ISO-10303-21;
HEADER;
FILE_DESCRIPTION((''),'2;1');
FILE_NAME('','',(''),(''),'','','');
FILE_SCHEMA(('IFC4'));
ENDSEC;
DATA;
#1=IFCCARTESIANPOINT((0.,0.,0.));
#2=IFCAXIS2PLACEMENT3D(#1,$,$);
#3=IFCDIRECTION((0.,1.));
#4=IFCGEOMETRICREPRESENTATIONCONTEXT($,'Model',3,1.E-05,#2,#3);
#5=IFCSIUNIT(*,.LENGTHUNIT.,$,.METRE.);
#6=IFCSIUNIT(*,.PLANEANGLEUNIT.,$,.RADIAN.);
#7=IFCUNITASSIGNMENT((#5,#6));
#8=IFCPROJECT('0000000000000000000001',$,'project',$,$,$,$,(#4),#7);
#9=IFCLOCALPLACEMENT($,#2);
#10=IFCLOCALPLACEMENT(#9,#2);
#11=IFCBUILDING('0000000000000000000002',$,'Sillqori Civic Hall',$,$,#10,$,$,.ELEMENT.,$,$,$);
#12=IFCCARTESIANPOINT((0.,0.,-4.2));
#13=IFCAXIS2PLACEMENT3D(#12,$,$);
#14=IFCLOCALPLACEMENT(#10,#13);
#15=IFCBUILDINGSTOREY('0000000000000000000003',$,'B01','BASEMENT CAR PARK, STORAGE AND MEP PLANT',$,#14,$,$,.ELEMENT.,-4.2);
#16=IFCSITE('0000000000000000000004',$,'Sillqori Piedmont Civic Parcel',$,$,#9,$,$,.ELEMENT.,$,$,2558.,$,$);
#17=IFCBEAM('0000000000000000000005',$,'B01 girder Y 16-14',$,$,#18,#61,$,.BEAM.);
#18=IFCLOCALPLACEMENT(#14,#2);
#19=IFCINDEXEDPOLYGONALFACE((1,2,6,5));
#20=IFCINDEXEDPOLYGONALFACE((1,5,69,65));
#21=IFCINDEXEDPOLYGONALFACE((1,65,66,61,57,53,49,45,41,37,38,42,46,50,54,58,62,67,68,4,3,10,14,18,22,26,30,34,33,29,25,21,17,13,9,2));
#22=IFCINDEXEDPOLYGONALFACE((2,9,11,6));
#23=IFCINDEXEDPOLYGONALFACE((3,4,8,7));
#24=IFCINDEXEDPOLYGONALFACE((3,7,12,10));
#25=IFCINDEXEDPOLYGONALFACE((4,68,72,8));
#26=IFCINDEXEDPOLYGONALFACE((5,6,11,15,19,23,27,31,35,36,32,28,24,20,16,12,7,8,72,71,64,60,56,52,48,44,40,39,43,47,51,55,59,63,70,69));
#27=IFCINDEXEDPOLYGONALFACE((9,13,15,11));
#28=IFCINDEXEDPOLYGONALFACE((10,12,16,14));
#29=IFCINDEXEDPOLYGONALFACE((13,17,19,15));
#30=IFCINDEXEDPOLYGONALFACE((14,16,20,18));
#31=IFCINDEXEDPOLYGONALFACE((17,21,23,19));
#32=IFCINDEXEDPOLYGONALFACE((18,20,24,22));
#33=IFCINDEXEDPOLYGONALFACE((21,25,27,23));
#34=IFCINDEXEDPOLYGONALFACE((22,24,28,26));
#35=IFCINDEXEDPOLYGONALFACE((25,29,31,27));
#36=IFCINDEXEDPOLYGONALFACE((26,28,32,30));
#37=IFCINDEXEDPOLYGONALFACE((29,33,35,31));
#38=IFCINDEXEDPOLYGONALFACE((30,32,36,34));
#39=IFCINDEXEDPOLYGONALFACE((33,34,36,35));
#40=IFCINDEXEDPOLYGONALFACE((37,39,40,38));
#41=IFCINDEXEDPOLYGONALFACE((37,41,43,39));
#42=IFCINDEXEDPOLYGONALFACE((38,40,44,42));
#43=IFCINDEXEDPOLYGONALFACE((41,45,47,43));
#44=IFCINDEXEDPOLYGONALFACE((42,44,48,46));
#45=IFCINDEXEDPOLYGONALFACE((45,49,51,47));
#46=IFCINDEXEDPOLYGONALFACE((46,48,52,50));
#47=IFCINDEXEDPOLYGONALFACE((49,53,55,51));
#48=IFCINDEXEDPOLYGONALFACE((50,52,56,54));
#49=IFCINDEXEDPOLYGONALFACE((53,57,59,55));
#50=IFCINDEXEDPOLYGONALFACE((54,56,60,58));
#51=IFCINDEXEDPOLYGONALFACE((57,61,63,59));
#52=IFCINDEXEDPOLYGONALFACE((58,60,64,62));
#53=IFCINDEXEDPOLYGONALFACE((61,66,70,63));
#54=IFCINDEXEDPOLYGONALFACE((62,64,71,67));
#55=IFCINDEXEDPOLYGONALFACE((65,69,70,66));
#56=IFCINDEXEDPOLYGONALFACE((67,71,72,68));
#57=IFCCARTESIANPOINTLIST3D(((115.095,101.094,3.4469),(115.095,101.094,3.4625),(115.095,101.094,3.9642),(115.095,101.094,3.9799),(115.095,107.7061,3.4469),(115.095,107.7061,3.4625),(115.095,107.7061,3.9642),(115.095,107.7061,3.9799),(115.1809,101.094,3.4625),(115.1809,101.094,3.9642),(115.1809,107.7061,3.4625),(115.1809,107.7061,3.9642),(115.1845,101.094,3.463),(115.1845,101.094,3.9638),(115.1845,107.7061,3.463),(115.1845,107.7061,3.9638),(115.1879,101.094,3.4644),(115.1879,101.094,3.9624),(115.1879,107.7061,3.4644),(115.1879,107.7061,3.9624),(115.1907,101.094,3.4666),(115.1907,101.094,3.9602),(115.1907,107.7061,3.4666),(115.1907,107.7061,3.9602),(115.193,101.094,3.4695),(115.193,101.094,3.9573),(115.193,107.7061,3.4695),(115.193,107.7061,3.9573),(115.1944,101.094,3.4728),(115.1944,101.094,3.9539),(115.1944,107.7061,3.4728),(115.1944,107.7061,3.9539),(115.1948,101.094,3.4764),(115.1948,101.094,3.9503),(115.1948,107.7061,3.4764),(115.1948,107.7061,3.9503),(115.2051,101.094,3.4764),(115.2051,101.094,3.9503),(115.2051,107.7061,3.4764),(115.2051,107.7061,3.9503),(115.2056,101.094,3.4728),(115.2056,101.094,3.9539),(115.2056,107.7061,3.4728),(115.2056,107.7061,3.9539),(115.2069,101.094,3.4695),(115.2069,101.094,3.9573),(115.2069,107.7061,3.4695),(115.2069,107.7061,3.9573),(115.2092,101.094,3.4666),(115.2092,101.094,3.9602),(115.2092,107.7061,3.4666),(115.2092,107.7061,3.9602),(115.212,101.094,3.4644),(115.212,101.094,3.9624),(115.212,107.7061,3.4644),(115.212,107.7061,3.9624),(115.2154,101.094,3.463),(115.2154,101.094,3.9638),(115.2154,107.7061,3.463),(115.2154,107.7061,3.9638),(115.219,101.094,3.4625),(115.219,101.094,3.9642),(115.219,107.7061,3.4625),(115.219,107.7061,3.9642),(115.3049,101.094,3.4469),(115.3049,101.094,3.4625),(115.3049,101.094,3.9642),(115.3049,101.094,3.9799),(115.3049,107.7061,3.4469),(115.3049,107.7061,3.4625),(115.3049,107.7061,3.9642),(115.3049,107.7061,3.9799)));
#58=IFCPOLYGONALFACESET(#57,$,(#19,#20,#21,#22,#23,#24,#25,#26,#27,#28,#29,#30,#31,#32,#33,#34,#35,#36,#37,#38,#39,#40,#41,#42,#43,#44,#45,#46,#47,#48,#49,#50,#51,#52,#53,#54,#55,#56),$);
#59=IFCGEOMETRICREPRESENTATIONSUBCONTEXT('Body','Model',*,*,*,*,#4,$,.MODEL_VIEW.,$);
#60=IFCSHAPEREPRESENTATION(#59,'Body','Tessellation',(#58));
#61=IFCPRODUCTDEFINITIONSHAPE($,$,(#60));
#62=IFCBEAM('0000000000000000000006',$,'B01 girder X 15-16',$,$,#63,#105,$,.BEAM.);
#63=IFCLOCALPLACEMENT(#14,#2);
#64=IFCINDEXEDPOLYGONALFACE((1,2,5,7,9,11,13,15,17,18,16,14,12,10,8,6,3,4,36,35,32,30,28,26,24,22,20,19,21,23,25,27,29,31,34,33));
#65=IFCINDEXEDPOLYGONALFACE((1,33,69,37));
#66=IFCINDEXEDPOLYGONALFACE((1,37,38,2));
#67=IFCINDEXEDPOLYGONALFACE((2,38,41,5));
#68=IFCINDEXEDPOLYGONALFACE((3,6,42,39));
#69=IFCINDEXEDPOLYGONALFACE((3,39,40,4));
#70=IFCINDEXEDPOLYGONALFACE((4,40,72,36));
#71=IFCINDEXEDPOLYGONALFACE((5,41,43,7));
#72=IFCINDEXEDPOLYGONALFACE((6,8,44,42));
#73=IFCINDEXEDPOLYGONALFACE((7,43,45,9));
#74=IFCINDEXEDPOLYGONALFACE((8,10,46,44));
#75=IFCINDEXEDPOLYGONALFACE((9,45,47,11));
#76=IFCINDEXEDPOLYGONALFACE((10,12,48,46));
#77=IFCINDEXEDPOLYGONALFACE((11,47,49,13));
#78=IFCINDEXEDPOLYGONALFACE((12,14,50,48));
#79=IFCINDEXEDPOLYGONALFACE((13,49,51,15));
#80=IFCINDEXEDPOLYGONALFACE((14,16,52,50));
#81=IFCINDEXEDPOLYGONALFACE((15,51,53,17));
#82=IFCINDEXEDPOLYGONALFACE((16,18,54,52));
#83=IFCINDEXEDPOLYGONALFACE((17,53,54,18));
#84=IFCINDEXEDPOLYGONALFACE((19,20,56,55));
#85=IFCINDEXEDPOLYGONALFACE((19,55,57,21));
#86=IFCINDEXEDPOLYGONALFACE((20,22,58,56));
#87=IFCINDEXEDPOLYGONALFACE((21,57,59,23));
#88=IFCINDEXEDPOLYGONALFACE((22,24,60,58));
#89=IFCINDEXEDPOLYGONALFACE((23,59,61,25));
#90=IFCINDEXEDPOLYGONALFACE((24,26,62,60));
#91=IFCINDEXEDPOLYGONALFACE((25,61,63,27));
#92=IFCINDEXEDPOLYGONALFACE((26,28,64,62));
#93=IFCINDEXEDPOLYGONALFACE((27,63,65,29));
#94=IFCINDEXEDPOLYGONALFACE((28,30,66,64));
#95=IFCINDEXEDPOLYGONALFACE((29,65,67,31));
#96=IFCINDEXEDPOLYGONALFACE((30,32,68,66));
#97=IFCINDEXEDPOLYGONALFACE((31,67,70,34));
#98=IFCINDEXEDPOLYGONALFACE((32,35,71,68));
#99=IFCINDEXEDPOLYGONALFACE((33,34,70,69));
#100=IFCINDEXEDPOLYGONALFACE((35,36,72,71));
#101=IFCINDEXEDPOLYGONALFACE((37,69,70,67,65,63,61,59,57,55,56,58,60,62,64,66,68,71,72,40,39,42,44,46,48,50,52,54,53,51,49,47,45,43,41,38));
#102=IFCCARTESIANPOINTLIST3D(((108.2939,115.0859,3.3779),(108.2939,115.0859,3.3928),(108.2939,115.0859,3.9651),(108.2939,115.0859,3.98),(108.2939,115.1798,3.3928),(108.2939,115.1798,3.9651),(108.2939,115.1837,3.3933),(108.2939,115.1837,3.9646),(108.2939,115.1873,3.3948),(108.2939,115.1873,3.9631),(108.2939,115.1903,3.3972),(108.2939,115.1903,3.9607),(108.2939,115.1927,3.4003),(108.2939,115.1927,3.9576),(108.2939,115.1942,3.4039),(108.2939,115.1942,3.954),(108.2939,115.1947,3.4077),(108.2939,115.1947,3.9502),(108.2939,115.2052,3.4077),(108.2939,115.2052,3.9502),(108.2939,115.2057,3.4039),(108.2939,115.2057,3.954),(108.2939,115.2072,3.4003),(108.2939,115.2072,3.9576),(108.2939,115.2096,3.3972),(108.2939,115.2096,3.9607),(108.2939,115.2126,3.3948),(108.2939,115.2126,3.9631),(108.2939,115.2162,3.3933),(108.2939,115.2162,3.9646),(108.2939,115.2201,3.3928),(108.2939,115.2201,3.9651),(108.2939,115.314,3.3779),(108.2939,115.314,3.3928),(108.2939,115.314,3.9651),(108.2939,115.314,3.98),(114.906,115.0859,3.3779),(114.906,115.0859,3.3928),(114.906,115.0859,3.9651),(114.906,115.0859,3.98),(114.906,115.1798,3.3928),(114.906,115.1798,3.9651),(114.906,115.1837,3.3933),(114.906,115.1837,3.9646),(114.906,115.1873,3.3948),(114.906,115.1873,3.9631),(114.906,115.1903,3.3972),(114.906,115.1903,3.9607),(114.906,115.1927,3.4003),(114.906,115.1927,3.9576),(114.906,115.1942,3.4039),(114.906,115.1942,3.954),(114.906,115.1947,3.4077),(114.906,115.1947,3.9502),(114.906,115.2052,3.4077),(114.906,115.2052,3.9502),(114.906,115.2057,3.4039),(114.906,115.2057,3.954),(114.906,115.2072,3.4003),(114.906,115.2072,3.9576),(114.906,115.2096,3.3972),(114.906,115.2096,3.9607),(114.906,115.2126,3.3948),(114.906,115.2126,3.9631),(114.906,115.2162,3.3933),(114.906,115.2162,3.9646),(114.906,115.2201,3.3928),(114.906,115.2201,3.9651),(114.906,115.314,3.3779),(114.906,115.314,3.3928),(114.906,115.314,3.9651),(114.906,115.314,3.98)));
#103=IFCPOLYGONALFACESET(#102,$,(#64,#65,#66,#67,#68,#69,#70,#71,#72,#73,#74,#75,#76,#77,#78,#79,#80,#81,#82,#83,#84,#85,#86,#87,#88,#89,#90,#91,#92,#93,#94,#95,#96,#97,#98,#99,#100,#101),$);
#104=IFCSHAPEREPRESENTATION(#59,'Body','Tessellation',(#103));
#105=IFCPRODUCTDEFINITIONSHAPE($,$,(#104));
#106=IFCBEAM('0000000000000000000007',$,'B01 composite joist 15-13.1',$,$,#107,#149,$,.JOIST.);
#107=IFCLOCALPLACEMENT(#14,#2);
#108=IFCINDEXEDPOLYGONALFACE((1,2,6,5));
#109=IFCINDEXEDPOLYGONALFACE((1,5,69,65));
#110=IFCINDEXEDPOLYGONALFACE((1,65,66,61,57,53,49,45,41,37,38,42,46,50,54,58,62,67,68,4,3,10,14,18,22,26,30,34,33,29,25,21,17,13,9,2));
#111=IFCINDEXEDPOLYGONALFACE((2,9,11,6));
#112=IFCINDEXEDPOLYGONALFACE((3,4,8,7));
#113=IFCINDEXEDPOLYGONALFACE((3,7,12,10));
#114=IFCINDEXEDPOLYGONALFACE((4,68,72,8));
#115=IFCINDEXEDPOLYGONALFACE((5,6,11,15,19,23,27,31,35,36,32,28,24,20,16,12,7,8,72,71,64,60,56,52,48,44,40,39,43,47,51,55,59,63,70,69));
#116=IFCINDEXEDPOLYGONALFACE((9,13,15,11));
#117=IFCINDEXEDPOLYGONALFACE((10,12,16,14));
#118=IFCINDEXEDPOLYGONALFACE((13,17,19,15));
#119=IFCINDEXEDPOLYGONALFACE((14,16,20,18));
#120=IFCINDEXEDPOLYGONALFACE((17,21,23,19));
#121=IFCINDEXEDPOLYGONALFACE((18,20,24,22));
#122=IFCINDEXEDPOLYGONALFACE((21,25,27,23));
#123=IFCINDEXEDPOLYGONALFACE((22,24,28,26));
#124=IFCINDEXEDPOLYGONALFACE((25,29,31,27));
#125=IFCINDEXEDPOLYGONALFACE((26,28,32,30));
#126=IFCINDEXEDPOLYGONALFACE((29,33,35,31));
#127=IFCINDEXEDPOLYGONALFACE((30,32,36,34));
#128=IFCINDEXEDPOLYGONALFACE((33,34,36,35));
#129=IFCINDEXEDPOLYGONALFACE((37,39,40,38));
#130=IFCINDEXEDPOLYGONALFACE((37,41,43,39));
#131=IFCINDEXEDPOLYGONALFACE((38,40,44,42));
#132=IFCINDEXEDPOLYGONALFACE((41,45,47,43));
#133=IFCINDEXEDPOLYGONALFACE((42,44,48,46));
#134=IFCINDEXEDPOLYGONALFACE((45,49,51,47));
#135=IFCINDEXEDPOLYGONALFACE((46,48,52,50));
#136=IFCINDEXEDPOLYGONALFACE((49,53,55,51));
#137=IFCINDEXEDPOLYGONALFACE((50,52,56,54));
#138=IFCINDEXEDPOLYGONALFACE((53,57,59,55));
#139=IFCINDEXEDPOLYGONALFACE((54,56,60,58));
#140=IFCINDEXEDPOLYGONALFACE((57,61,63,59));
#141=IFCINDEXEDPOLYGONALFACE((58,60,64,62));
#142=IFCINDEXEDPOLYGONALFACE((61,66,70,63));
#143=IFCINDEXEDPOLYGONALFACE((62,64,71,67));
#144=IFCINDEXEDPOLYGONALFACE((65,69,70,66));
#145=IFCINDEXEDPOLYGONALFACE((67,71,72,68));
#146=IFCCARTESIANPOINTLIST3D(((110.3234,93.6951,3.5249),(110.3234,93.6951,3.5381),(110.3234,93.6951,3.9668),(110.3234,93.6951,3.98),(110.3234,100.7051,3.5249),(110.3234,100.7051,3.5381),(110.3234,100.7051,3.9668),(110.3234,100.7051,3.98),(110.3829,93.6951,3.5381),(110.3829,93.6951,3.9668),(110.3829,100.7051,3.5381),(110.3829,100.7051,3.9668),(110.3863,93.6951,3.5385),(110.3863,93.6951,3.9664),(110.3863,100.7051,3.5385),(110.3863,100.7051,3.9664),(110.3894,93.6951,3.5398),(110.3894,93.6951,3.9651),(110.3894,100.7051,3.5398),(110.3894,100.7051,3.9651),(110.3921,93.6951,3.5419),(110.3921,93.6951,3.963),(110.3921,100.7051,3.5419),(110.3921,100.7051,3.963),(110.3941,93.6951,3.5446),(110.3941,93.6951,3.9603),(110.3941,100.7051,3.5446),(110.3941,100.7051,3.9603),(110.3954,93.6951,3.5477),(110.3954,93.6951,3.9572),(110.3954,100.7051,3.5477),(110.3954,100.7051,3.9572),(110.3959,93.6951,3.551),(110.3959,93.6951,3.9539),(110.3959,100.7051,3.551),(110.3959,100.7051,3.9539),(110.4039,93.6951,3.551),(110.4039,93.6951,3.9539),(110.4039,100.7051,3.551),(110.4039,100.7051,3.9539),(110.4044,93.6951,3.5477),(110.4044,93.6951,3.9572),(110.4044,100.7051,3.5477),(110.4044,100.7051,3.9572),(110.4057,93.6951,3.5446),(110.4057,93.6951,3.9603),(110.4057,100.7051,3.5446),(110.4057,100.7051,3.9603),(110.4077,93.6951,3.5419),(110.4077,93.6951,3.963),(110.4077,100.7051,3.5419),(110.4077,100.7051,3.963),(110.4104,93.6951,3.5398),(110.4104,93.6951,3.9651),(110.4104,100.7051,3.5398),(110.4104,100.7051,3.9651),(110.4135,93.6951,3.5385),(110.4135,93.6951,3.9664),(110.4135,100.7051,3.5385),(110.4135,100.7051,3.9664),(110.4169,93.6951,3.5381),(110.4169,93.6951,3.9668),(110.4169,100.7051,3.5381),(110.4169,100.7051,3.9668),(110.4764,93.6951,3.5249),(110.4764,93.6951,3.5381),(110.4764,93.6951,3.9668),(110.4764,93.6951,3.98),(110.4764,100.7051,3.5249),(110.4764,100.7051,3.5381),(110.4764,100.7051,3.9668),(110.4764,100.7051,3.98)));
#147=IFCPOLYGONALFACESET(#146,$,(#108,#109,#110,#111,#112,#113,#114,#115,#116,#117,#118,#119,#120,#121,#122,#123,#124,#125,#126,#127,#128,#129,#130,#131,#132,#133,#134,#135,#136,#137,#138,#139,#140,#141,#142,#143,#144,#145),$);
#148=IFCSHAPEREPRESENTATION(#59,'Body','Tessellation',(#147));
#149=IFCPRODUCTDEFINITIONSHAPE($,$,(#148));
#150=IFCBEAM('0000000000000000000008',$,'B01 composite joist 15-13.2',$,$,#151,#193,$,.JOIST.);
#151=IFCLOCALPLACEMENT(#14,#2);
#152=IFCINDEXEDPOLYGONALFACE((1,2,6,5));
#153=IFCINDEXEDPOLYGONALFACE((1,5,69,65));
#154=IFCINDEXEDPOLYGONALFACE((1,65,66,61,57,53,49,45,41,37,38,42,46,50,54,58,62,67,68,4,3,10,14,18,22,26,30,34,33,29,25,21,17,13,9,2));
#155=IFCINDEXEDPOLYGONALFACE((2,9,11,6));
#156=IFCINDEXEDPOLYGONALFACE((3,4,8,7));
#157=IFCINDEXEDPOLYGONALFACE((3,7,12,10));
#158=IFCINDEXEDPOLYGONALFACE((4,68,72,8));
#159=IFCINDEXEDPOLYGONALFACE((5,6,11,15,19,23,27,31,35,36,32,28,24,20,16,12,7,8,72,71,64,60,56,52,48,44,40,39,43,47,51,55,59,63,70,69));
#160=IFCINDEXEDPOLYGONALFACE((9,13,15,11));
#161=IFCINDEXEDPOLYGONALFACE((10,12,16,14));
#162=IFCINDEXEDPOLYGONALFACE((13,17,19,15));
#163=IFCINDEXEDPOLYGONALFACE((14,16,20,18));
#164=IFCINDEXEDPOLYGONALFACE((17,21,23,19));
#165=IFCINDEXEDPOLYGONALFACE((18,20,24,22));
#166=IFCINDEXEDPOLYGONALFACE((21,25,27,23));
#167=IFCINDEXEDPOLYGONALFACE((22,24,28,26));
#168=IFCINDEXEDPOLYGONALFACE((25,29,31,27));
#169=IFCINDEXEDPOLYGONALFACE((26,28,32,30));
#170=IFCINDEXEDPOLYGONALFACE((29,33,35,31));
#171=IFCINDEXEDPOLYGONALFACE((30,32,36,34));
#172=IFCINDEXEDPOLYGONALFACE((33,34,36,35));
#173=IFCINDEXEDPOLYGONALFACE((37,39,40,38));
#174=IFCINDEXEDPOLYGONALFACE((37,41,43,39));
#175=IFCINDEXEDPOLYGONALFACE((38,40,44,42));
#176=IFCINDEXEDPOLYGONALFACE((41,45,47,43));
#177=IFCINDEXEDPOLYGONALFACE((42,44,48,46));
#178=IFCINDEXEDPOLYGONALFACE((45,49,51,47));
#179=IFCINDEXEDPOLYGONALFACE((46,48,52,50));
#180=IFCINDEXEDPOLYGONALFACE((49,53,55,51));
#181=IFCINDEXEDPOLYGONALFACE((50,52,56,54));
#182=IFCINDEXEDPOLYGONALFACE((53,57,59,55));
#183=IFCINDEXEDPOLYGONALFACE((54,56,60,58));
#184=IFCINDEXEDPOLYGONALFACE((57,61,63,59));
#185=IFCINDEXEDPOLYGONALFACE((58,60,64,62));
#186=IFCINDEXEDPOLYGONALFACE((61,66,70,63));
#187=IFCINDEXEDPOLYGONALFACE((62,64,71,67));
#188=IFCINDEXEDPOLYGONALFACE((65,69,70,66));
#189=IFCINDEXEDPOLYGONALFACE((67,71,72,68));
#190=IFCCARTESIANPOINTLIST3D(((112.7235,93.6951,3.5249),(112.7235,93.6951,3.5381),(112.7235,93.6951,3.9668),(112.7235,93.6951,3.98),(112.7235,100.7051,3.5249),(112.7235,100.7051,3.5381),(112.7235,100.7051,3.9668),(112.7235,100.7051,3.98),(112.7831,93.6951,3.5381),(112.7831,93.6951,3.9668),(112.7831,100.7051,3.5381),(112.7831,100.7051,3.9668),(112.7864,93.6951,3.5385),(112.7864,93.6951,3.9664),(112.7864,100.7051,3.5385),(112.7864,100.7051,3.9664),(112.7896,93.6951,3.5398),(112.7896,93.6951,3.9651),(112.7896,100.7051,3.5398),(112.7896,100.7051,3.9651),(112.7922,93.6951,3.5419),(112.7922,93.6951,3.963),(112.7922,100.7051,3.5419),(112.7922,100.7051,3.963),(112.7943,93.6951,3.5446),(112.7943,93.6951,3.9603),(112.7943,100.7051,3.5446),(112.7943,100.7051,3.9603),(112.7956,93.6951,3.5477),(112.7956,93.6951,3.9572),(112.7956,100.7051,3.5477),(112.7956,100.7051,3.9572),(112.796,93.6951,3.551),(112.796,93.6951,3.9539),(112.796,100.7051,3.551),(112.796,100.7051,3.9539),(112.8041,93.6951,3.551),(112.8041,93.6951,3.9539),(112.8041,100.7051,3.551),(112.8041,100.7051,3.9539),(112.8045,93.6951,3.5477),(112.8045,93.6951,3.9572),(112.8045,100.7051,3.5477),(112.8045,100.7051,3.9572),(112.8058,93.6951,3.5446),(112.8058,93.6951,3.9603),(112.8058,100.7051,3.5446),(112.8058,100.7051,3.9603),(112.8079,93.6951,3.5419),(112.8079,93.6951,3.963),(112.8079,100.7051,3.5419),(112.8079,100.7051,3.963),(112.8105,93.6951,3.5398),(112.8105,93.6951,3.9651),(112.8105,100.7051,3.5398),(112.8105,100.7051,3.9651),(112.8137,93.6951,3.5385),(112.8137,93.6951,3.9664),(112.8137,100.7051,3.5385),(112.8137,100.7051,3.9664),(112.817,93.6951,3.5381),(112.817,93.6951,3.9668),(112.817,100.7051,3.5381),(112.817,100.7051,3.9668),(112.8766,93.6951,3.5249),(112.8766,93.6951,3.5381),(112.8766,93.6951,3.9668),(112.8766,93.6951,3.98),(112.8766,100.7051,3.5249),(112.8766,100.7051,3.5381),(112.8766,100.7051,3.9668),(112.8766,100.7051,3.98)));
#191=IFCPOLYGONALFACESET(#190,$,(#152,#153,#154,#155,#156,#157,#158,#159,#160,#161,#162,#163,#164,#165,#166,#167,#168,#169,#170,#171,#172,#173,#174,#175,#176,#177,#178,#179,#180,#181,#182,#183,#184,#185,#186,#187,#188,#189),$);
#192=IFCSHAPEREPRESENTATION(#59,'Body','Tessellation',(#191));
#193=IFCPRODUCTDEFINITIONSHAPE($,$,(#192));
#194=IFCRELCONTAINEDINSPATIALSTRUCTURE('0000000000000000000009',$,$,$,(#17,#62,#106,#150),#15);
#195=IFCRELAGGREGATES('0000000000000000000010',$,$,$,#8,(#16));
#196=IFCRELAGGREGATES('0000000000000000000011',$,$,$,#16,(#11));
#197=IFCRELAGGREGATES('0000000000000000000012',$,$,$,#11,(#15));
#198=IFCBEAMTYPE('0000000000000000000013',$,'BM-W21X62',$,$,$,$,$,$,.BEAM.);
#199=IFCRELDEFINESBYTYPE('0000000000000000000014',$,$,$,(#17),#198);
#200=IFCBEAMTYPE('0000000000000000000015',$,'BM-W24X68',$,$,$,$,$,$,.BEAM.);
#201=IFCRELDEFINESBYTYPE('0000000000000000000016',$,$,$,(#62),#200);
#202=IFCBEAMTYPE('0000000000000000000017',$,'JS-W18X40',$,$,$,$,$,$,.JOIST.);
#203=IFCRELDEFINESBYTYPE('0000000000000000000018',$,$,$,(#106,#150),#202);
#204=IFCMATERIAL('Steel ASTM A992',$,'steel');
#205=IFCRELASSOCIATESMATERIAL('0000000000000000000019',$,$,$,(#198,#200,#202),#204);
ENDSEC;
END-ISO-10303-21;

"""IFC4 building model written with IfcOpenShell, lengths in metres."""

from ifc_helpers import new_model, si_unit, direction, frame, origin, origin_2d, place, context, subcontext, project, spatial, i_section, extrude, material, material_profile, profile_set, type_object, element, save


model = new_model("IFC4")

# Units and contexts
model_context = context("Model", 3, precision=1e-05, world=origin(), true_north=direction((0.0, 1.0)))
body_context = subcontext(model_context, "Body", "Model", "MODEL_VIEW")
ifc_project = project(units=[si_unit("LENGTHUNIT", "METRE"), si_unit("PLANEANGLEUNIT", "RADIAN")], contexts=[model_context])

# Site, building, storey
site_placement = place(None, origin())
site = spatial("IfcSite", under=ifc_project, at=site_placement, Name="Sillqori Piedmont Civic Parcel", CompositionType="ELEMENT", RefElevation=2558.0)
building_placement = place(site_placement, origin())
building = spatial("IfcBuilding", under=site, at=building_placement, Name="Sillqori Civic Hall", CompositionType="ELEMENT")
storey_placement = place(building_placement, frame((0.0, 0.0, -4.2)))
storey = spatial("IfcBuildingStorey", under=building, at=storey_placement, Name="B01", Description="BASEMENT CAR PARK, STORAGE AND MEP PLANT", CompositionType="ELEMENT", Elevation=-4.2)

# Beams
ifc_material_1 = material(Name="Steel ASTM A992", Category="steel")
ifc_material_profile_1 = material_profile(ifc_material_1, i_section(OverallWidth=0.21, OverallDepth=0.533, WebThickness=0.0103, FlangeThickness=0.0156, FilletRadius=0.0139, at=origin_2d()), Name="W21X62")
ifc_profile_set_1 = profile_set([ifc_material_profile_1], Name="Steel ASTM A992")
beam_type_1 = type_object("IfcBeamType", Name="BM-W21X62", PredefinedType="BEAM", material=ifc_profile_set_1)
for number, where, z_axis, x_axis, name in (
    (1, (115.2, 101.094, 3.7134), (0.0, 1.0, 0.0), (-1.0, 0.0, 0.0), "B01 girder Y 16-14"),
):
    element("IfcBeam", number, at=place(storey_placement, frame(where, z_axis=z_axis, x_axis=x_axis)), inside=storey, type_object=beam_type_1, Name=name, PredefinedType="BEAM", context=body_context, shape_type="SweptSolid", body=[
        extrude(i_section(OverallWidth=0.21, OverallDepth=0.533, WebThickness=0.0103, FlangeThickness=0.0156, FilletRadius=0.0139, at=origin_2d()), origin(), (0.0, 0.0, 1.0), 6.6121),
    ])
ifc_material_profile_2 = material_profile(ifc_material_1, i_section(OverallWidth=0.228, OverallDepth=0.6021, WebThickness=0.0105, FlangeThickness=0.0149, FilletRadius=0.0149, at=origin_2d()), Name="W24X68")
ifc_profile_set_2 = profile_set([ifc_material_profile_2], Name="Steel ASTM A992")
beam_type_2 = type_object("IfcBeamType", Name="BM-W24X68", PredefinedType="BEAM", material=ifc_profile_set_2)
beam_placement = place(storey_placement, frame((108.2939, 115.2, 3.679), z_axis=(1.0, 0.0, 0.0), x_axis=(0.0, 1.0, 0.0)))
element("IfcBeam", 2, at=beam_placement, inside=storey, type_object=beam_type_2, Name="B01 girder X 15-16", PredefinedType="BEAM", context=body_context, shape_type="SweptSolid", body=[
    extrude(i_section(OverallWidth=0.228, OverallDepth=0.6021, WebThickness=0.0105, FlangeThickness=0.0149, FilletRadius=0.0149, at=origin_2d()), origin(), (0.0, 0.0, 1.0), 6.6121),
])
ifc_material_profile_3 = material_profile(ifc_material_1, i_section(OverallWidth=0.1531, OverallDepth=0.4551, WebThickness=0.0081, FlangeThickness=0.0132, FilletRadius=0.0129, at=origin_2d()), Name="W18X40")
ifc_profile_set_3 = profile_set([ifc_material_profile_3], Name="Steel ASTM A992")
beam_type_3 = type_object("IfcBeamType", Name="JS-W18X40", PredefinedType="JOIST", material=ifc_profile_set_3)
for number, where, z_axis, x_axis, name in (
    (3, (110.3999, 93.6951, 3.7524), (0.0, 1.0, 0.0), (-1.0, 0.0, 0.0), "B01 composite joist 15-13.1"),
    (4, (112.8, 93.6951, 3.7524), (0.0, 1.0, 0.0), (-1.0, 0.0, 0.0), "B01 composite joist 15-13.2"),
):
    element("IfcBeam", number, at=place(storey_placement, frame(where, z_axis=z_axis, x_axis=x_axis)), inside=storey, type_object=beam_type_3, Name=name, PredefinedType="JOIST", context=body_context, shape_type="SweptSolid", body=[
        extrude(i_section(OverallWidth=0.1531, OverallDepth=0.4551, WebThickness=0.0081, FlangeThickness=0.0132, FilletRadius=0.0129, at=origin_2d()), origin(), (0.0, 0.0, 1.0), 7.01),
    ])

save(model, "model.ifc")
